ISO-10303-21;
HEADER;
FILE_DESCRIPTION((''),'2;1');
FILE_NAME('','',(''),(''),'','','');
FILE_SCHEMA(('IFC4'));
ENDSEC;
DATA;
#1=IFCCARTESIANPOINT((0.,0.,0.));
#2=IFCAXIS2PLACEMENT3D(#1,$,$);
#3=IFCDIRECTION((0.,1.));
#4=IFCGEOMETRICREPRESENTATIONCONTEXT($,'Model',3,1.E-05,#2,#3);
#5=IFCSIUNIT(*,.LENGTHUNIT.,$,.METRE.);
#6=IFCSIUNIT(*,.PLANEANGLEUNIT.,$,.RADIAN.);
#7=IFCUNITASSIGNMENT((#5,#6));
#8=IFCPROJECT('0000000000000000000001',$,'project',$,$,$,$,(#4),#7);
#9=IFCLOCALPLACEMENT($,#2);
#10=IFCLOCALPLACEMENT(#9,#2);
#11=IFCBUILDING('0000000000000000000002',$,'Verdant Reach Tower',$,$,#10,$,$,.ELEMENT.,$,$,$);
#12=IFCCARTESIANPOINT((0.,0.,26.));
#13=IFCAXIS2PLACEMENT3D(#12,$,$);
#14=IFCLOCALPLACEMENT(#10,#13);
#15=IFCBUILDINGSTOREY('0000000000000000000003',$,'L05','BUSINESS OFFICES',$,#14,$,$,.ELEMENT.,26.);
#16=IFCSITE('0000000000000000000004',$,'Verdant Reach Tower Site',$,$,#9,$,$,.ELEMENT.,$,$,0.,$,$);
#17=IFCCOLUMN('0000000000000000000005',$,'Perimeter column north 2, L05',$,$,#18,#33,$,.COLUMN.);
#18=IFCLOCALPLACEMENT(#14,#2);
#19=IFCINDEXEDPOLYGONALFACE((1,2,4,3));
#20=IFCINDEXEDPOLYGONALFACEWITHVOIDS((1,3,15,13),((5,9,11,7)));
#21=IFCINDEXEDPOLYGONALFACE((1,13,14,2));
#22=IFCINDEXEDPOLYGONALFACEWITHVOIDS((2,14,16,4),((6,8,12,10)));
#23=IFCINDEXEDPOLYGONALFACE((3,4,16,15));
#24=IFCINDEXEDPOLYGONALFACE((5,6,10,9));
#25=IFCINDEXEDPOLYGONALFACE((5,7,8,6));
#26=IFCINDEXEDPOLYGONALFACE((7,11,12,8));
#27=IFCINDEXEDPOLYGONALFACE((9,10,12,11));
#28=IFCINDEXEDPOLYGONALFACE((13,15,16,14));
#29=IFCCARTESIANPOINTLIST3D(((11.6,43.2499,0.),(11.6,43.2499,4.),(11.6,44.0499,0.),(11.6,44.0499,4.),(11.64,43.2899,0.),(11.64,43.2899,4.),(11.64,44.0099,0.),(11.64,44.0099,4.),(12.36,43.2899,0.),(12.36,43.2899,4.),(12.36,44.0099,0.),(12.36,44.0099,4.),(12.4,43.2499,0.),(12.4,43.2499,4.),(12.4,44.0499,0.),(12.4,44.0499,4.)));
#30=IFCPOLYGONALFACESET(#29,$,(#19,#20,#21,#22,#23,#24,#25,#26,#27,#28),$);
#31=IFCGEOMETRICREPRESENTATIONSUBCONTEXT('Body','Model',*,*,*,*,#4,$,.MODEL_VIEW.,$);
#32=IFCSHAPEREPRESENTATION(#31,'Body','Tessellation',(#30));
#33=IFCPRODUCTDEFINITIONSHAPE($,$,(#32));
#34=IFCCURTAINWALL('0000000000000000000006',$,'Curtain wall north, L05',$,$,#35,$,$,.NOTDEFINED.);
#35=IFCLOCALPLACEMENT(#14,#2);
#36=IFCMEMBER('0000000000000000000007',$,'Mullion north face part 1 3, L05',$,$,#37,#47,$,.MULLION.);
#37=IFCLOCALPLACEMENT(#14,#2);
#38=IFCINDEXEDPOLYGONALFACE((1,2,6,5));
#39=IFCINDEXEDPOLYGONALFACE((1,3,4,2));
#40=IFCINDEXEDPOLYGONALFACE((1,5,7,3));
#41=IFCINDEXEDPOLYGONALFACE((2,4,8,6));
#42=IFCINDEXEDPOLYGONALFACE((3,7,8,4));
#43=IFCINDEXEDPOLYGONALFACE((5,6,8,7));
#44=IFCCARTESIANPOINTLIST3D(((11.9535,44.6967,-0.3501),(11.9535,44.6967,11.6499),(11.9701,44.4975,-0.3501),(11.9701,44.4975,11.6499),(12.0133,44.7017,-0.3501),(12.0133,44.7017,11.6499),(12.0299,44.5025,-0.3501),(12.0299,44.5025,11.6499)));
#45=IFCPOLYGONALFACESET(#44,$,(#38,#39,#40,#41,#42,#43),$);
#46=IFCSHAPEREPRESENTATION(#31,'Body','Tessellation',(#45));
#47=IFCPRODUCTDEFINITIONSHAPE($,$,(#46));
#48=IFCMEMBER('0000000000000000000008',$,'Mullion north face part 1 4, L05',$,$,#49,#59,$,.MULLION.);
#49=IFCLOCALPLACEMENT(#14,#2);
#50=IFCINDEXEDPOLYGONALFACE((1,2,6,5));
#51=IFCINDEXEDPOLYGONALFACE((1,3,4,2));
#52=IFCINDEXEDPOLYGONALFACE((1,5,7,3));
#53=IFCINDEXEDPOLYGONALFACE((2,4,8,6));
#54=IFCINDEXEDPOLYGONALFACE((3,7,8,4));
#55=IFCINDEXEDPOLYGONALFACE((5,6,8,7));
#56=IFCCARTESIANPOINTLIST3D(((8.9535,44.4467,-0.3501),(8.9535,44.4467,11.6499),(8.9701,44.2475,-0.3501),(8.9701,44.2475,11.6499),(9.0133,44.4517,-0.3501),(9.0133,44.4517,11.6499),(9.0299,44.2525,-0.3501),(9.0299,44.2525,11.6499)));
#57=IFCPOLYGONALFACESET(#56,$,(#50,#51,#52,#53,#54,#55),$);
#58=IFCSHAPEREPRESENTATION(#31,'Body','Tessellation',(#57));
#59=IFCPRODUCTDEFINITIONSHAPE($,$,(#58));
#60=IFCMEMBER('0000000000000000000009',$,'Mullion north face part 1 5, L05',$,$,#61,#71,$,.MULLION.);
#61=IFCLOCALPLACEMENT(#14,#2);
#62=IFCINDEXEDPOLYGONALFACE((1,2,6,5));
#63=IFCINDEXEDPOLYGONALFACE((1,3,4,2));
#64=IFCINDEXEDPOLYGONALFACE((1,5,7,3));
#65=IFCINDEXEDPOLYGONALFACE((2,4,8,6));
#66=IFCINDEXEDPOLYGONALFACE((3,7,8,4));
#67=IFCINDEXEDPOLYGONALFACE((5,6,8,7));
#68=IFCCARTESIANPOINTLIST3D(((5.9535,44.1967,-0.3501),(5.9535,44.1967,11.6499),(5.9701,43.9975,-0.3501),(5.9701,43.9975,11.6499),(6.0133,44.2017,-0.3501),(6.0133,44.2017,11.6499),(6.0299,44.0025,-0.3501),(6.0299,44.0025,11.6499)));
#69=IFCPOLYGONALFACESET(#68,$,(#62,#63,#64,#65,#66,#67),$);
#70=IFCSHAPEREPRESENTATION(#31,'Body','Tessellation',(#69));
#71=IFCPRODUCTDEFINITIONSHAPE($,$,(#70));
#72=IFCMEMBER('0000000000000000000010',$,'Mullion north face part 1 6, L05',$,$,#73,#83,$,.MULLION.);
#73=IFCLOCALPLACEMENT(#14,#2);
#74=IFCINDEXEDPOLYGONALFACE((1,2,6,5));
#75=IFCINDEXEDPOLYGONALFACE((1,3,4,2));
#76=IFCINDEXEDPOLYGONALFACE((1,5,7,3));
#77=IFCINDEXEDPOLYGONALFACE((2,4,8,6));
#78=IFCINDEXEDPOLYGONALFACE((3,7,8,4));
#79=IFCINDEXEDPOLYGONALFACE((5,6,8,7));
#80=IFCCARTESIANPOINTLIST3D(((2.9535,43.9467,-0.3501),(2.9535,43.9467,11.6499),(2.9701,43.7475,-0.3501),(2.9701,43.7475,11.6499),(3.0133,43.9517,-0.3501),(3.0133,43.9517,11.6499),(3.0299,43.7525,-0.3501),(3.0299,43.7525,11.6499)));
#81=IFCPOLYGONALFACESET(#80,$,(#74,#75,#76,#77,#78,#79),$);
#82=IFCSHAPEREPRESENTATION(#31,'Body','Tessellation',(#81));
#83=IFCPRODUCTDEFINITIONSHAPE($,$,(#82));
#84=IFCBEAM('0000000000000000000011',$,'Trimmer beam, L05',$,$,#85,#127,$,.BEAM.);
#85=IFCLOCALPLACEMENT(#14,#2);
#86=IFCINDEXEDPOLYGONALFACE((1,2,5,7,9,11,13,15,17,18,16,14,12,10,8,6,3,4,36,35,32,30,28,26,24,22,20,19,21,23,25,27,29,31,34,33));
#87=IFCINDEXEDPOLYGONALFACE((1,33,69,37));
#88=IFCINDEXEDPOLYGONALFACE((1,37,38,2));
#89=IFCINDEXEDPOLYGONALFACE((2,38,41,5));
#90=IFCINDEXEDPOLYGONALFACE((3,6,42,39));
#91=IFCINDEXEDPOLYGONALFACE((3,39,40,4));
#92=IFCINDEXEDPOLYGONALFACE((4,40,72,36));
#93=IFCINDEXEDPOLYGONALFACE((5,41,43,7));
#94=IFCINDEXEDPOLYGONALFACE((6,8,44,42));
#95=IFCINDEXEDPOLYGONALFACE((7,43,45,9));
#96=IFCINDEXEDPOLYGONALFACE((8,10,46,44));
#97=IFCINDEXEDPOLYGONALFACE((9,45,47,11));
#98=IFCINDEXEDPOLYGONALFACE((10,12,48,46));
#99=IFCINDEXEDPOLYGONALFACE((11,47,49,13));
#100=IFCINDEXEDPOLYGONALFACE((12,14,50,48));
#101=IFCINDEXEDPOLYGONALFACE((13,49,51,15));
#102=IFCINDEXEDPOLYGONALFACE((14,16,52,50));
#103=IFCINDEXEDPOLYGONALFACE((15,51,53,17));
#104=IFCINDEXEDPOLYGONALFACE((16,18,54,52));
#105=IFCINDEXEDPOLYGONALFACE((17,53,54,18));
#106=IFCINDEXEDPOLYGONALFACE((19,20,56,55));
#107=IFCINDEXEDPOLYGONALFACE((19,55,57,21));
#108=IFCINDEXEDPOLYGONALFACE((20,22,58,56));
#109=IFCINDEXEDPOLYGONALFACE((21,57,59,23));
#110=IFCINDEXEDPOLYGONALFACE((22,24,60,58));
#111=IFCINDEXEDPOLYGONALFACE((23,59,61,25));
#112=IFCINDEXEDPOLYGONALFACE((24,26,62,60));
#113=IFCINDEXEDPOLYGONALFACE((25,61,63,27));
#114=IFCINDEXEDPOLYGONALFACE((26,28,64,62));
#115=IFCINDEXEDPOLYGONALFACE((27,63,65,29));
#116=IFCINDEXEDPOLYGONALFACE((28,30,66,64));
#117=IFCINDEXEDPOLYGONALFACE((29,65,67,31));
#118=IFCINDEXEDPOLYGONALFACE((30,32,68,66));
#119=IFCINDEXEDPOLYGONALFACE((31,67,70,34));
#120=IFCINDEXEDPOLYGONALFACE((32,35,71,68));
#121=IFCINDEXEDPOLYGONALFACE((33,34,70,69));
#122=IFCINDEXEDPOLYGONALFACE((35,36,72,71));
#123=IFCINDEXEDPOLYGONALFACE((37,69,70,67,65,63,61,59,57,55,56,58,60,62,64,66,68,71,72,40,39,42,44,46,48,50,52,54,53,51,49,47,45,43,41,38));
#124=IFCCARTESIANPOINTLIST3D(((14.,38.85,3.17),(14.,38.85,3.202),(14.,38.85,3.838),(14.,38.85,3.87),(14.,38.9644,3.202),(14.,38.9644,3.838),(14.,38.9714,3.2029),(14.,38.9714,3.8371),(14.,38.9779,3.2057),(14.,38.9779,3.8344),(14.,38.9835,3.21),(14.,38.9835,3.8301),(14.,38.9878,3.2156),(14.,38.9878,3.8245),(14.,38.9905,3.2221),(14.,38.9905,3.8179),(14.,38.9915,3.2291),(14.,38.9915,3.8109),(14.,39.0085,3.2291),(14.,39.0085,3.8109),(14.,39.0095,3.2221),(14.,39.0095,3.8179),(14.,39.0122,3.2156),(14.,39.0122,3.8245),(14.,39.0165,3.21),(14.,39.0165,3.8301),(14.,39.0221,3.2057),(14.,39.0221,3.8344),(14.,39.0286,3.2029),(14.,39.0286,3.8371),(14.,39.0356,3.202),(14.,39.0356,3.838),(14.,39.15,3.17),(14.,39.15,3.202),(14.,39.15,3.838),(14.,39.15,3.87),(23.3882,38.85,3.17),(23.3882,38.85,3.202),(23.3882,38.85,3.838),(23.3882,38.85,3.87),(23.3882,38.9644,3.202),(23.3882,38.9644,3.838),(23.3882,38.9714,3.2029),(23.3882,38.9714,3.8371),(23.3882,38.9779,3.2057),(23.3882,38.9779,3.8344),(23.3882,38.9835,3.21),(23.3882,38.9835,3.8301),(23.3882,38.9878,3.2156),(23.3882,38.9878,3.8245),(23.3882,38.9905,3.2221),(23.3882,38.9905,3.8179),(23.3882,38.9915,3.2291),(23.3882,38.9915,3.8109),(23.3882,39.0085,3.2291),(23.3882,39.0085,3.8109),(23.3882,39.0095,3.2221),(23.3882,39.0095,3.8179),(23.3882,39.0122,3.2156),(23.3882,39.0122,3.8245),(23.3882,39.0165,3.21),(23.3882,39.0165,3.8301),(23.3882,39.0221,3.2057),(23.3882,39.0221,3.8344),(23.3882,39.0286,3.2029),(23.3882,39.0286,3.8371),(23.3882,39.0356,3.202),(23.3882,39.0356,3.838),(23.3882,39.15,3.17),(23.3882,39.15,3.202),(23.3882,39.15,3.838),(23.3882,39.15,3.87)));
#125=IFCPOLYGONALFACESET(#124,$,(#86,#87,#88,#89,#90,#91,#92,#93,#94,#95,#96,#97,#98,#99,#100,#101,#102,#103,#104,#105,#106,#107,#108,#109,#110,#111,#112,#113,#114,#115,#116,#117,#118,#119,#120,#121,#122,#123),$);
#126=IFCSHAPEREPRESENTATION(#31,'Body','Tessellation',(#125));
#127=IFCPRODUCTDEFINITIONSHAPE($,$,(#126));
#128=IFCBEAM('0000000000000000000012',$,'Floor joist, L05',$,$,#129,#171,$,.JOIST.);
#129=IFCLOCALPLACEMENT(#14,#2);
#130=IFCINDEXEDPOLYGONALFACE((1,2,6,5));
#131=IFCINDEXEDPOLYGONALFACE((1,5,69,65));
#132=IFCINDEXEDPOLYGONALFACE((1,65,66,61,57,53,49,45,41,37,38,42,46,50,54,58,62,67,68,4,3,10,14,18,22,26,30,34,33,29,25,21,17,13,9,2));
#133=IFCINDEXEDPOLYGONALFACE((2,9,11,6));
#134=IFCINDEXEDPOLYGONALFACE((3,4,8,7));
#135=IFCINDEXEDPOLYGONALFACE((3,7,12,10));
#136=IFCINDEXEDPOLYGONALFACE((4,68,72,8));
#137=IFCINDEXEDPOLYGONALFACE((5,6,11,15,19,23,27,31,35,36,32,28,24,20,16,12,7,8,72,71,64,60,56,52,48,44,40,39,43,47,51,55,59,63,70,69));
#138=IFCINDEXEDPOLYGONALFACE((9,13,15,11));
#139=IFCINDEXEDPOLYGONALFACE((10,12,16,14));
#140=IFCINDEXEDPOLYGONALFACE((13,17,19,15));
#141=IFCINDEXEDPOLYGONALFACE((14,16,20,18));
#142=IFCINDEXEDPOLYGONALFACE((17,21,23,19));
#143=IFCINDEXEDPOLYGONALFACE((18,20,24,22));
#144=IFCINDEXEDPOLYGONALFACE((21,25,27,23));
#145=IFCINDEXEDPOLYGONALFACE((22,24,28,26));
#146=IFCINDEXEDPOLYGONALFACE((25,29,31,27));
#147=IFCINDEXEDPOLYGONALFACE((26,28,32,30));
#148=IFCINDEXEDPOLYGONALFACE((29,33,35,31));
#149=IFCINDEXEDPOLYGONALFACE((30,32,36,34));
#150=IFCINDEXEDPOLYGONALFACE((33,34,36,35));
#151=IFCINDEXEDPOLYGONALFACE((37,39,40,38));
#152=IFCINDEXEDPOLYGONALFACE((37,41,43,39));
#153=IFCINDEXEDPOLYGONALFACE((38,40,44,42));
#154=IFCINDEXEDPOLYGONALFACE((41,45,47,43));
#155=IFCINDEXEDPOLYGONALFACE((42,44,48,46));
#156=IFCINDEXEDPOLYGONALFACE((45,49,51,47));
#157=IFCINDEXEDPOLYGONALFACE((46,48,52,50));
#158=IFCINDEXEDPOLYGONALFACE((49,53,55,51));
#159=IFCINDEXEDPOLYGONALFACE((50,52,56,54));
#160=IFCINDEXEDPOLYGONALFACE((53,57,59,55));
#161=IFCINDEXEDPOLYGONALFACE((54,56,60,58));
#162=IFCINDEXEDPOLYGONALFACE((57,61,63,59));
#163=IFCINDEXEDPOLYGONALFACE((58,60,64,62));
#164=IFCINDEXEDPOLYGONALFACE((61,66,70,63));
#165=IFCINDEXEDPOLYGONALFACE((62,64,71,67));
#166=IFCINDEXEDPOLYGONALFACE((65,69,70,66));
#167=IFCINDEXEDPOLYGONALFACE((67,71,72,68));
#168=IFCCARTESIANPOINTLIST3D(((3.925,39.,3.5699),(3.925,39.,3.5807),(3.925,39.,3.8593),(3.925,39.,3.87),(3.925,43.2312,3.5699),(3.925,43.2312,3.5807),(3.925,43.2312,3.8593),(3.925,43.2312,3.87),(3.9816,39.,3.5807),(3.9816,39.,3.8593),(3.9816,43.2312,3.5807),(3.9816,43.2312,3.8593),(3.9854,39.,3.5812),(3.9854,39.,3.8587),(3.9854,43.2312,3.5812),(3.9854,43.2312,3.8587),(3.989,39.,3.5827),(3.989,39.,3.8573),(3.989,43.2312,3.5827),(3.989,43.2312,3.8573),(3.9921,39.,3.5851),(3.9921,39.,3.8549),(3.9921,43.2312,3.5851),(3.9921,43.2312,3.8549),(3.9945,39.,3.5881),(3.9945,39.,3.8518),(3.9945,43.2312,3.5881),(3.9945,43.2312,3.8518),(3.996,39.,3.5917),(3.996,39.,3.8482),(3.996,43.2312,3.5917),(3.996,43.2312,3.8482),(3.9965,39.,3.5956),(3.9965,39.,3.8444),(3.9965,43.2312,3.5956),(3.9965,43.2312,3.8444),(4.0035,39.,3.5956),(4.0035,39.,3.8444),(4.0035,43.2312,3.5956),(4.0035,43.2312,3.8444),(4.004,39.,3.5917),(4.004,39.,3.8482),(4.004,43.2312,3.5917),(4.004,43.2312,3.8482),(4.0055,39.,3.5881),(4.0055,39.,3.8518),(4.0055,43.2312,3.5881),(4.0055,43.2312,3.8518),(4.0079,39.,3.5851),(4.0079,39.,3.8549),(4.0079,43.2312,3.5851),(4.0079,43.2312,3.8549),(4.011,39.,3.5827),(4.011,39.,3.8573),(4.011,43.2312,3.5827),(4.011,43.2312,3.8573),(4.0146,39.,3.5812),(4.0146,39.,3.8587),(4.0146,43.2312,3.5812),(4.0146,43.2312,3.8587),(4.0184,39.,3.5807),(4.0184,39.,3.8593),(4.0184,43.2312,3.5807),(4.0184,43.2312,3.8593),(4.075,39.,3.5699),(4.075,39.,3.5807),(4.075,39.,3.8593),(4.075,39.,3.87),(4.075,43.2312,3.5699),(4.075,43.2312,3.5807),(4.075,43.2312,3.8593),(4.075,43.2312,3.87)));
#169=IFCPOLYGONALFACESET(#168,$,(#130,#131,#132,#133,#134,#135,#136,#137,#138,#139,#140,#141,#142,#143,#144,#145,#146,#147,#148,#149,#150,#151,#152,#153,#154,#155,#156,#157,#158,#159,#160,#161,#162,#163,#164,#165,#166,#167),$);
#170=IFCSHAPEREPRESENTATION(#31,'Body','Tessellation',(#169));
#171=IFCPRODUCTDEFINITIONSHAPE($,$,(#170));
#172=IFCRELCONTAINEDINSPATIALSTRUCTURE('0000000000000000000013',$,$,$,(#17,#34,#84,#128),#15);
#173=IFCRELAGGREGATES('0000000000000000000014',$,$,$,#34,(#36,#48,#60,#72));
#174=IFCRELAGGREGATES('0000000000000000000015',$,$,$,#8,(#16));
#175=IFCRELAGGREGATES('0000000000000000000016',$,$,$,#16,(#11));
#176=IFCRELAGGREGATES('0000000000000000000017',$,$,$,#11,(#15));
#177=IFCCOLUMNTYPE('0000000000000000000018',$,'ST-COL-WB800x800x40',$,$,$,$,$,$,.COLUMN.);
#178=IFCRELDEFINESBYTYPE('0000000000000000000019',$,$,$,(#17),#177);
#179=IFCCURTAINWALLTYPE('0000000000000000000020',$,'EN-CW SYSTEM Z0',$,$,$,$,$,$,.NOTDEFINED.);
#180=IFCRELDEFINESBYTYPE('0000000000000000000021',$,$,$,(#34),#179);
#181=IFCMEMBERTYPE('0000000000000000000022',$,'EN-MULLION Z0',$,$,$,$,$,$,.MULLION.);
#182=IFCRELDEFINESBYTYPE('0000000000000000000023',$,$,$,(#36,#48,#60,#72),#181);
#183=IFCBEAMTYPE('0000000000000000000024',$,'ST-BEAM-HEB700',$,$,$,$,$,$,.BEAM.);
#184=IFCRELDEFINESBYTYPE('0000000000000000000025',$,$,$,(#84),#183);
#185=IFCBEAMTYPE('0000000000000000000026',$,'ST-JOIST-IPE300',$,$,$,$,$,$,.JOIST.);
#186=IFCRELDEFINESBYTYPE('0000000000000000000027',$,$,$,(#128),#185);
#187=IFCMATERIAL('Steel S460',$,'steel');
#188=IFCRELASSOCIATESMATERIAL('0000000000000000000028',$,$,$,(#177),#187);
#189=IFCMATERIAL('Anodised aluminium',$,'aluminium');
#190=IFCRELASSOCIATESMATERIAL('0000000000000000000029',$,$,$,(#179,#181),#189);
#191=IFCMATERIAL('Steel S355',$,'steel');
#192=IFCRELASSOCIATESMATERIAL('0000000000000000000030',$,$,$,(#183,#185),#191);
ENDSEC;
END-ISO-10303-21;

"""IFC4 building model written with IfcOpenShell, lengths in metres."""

from ifc_helpers import new_model, si_unit, direction, frame, origin, origin_2d, place, context, subcontext, project, spatial, rectangle, hollow_rectangle, i_section, extrude, material, material_profile, profile_set, type_object, element, aggregate, save


model = new_model("IFC4")

# Units and contexts
model_context = context("Model", 3, precision=1e-05, world=origin(), true_north=direction((0.0, 1.0)))
body_context = subcontext(model_context, "Body", "Model", "MODEL_VIEW")
ifc_project = project(units=[si_unit("LENGTHUNIT", "METRE"), si_unit("PLANEANGLEUNIT", "RADIAN")], contexts=[model_context])

# Site, building, storey
site_placement = place(None, origin())
site = spatial("IfcSite", under=ifc_project, at=site_placement, Name="Verdant Reach Tower Site", CompositionType="ELEMENT", RefElevation=0.0)
building_placement = place(site_placement, origin())
building = spatial("IfcBuilding", under=site, at=building_placement, Name="Verdant Reach Tower", CompositionType="ELEMENT")
storey_placement = place(building_placement, frame((0.0, 0.0, 26.0)))
storey = spatial("IfcBuildingStorey", under=building, at=storey_placement, Name="L05", Description="BUSINESS OFFICES", CompositionType="ELEMENT", Elevation=26.0)

# Column
ifc_material_1 = material(Name="Steel S460", Category="steel")
ifc_material_profile_1 = material_profile(ifc_material_1, hollow_rectangle(XDim=0.8, YDim=0.8, WallThickness=0.04, at=origin_2d()), Name="WB 800x800x40")
ifc_profile_set_1 = profile_set([ifc_material_profile_1], Name="Steel S460")
column_type = type_object("IfcColumnType", Name="ST-COL-WB800x800x40", PredefinedType="COLUMN", material=ifc_profile_set_1)
column_placement = place(storey_placement, frame((12.0, 43.6499, 0.0), z_axis=(0.0, 0.0, 1.0), x_axis=(1.0, 0.0, 0.0)))
element("IfcColumn", 1, at=column_placement, inside=storey, type_object=column_type, Name="Perimeter column north 2, L05", PredefinedType="COLUMN", context=body_context, shape_type="SweptSolid", body=[
    extrude(hollow_rectangle(XDim=0.8, YDim=0.8, WallThickness=0.04, at=origin_2d()), origin(), (0.0, 0.0, 1.0), 4.0),
])

# Curtain wall, members
ifc_material_2 = material(Name="Anodised aluminium", Category="aluminium")
curtain_wall_type = type_object("IfcCurtainWallType", Name="EN-CW SYSTEM Z0", PredefinedType="NOTDEFINED", material=ifc_material_2)
curtain_wall_placement = place(storey_placement, origin())
curtain_wall = element("IfcCurtainWall", 2, at=curtain_wall_placement, inside=storey, type_object=curtain_wall_type, Name="Curtain wall north, L05", PredefinedType="NOTDEFINED")
ifc_material_profile_2 = material_profile(ifc_material_2, rectangle(XDim=0.2, YDim=0.0601, at=origin_2d()), Name="Mullion 60x200")
ifc_profile_set_2 = profile_set([ifc_material_profile_2], Name="Anodised aluminium")
member_type = type_object("IfcMemberType", Name="EN-MULLION Z0", PredefinedType="MULLION", material=ifc_profile_set_2)
member_1_placement = place(storey_placement, frame((11.9917, 44.5996, -0.3501), z_axis=(0.0, 0.0, 1.0), x_axis=(-0.083045, 0.996546, 0.0)))
member_1 = element("IfcMember", 3, at=member_1_placement, type_object=member_type, Name="Mullion north face part 1 3, L05", PredefinedType="MULLION", context=body_context, shape_type="SweptSolid", body=[
    extrude(rectangle(XDim=0.2, YDim=0.0601, at=origin_2d()), origin(), (0.0, 0.0, 1.0), 12.0),
])
member_2_placement = place(storey_placement, frame((8.9917, 44.3496, -0.3501), z_axis=(0.0, 0.0, 1.0), x_axis=(-0.083045, 0.996546, 0.0)))
member_2 = element("IfcMember", 4, at=member_2_placement, type_object=member_type, Name="Mullion north face part 1 4, L05", PredefinedType="MULLION", context=body_context, shape_type="SweptSolid", body=[
    extrude(rectangle(XDim=0.2, YDim=0.0601, at=origin_2d()), origin(), (0.0, 0.0, 1.0), 12.0),
])
member_3_placement = place(storey_placement, frame((5.9917, 44.0996, -0.3501), z_axis=(0.0, 0.0, 1.0), x_axis=(-0.083045, 0.996546, 0.0)))
member_3 = element("IfcMember", 5, at=member_3_placement, type_object=member_type, Name="Mullion north face part 1 5, L05", PredefinedType="MULLION", context=body_context, shape_type="SweptSolid", body=[
    extrude(rectangle(XDim=0.2, YDim=0.0601, at=origin_2d()), origin(), (0.0, 0.0, 1.0), 12.0),
])
member_4_placement = place(storey_placement, frame((2.9917, 43.8496, -0.3501), z_axis=(0.0, 0.0, 1.0), x_axis=(-0.083045, 0.996546, 0.0)))
member_4 = element("IfcMember", 6, at=member_4_placement, type_object=member_type, Name="Mullion north face part 1 6, L05", PredefinedType="MULLION", context=body_context, shape_type="SweptSolid", body=[
    extrude(rectangle(XDim=0.2, YDim=0.0601, at=origin_2d()), origin(), (0.0, 0.0, 1.0), 12.0),
])

# Beams
ifc_material_3 = material(Name="Steel S355", Category="steel")
ifc_material_profile_3 = material_profile(ifc_material_3, i_section(OverallWidth=0.3, OverallDepth=0.7, WebThickness=0.0171, FlangeThickness=0.032, FilletRadius=0.0271, at=origin_2d()), Name="HEB 700")
ifc_profile_set_3 = profile_set([ifc_material_profile_3], Name="Steel S355")
beam_type_1 = type_object("IfcBeamType", Name="ST-BEAM-HEB700", PredefinedType="BEAM", material=ifc_profile_set_3)
beam_1_placement = place(storey_placement, frame((14.0, 39.0, 3.52), z_axis=(1.0, 0.0, 0.0), x_axis=(0.0, 1.0, 0.0)))
element("IfcBeam", 7, at=beam_1_placement, inside=storey, type_object=beam_type_1, Name="Trimmer beam, L05", PredefinedType="BEAM", context=body_context, shape_type="SweptSolid", body=[
    extrude(i_section(OverallWidth=0.3, OverallDepth=0.7, WebThickness=0.0171, FlangeThickness=0.032, FilletRadius=0.0271, at=origin_2d()), origin(), (0.0, 0.0, 1.0), 9.3882),
])
ifc_material_profile_4 = material_profile(ifc_material_3, i_section(OverallWidth=0.1499, OverallDepth=0.3, WebThickness=0.0071, FlangeThickness=0.0107, FilletRadius=0.0149, at=origin_2d()), Name="IPE 300")
ifc_profile_set_4 = profile_set([ifc_material_profile_4], Name="Steel S355")
beam_type_2 = type_object("IfcBeamType", Name="ST-JOIST-IPE300", PredefinedType="JOIST", material=ifc_profile_set_4)
beam_2_placement = place(storey_placement, frame((4.0, 39.0, 3.72), z_axis=(0.0, 1.0, 0.0), x_axis=(-1.0, 0.0, 0.0)))
element("IfcBeam", 8, at=beam_2_placement, inside=storey, type_object=beam_type_2, Name="Floor joist, L05", PredefinedType="JOIST", context=body_context, shape_type="SweptSolid", body=[
    extrude(i_section(OverallWidth=0.1499, OverallDepth=0.3, WebThickness=0.0071, FlangeThickness=0.0107, FilletRadius=0.0149, at=origin_2d()), origin(), (0.0, 0.0, 1.0), 4.2312),
])

aggregate(curtain_wall, [member_1, member_2, member_3, member_4])

save(model, "model.ifc")
